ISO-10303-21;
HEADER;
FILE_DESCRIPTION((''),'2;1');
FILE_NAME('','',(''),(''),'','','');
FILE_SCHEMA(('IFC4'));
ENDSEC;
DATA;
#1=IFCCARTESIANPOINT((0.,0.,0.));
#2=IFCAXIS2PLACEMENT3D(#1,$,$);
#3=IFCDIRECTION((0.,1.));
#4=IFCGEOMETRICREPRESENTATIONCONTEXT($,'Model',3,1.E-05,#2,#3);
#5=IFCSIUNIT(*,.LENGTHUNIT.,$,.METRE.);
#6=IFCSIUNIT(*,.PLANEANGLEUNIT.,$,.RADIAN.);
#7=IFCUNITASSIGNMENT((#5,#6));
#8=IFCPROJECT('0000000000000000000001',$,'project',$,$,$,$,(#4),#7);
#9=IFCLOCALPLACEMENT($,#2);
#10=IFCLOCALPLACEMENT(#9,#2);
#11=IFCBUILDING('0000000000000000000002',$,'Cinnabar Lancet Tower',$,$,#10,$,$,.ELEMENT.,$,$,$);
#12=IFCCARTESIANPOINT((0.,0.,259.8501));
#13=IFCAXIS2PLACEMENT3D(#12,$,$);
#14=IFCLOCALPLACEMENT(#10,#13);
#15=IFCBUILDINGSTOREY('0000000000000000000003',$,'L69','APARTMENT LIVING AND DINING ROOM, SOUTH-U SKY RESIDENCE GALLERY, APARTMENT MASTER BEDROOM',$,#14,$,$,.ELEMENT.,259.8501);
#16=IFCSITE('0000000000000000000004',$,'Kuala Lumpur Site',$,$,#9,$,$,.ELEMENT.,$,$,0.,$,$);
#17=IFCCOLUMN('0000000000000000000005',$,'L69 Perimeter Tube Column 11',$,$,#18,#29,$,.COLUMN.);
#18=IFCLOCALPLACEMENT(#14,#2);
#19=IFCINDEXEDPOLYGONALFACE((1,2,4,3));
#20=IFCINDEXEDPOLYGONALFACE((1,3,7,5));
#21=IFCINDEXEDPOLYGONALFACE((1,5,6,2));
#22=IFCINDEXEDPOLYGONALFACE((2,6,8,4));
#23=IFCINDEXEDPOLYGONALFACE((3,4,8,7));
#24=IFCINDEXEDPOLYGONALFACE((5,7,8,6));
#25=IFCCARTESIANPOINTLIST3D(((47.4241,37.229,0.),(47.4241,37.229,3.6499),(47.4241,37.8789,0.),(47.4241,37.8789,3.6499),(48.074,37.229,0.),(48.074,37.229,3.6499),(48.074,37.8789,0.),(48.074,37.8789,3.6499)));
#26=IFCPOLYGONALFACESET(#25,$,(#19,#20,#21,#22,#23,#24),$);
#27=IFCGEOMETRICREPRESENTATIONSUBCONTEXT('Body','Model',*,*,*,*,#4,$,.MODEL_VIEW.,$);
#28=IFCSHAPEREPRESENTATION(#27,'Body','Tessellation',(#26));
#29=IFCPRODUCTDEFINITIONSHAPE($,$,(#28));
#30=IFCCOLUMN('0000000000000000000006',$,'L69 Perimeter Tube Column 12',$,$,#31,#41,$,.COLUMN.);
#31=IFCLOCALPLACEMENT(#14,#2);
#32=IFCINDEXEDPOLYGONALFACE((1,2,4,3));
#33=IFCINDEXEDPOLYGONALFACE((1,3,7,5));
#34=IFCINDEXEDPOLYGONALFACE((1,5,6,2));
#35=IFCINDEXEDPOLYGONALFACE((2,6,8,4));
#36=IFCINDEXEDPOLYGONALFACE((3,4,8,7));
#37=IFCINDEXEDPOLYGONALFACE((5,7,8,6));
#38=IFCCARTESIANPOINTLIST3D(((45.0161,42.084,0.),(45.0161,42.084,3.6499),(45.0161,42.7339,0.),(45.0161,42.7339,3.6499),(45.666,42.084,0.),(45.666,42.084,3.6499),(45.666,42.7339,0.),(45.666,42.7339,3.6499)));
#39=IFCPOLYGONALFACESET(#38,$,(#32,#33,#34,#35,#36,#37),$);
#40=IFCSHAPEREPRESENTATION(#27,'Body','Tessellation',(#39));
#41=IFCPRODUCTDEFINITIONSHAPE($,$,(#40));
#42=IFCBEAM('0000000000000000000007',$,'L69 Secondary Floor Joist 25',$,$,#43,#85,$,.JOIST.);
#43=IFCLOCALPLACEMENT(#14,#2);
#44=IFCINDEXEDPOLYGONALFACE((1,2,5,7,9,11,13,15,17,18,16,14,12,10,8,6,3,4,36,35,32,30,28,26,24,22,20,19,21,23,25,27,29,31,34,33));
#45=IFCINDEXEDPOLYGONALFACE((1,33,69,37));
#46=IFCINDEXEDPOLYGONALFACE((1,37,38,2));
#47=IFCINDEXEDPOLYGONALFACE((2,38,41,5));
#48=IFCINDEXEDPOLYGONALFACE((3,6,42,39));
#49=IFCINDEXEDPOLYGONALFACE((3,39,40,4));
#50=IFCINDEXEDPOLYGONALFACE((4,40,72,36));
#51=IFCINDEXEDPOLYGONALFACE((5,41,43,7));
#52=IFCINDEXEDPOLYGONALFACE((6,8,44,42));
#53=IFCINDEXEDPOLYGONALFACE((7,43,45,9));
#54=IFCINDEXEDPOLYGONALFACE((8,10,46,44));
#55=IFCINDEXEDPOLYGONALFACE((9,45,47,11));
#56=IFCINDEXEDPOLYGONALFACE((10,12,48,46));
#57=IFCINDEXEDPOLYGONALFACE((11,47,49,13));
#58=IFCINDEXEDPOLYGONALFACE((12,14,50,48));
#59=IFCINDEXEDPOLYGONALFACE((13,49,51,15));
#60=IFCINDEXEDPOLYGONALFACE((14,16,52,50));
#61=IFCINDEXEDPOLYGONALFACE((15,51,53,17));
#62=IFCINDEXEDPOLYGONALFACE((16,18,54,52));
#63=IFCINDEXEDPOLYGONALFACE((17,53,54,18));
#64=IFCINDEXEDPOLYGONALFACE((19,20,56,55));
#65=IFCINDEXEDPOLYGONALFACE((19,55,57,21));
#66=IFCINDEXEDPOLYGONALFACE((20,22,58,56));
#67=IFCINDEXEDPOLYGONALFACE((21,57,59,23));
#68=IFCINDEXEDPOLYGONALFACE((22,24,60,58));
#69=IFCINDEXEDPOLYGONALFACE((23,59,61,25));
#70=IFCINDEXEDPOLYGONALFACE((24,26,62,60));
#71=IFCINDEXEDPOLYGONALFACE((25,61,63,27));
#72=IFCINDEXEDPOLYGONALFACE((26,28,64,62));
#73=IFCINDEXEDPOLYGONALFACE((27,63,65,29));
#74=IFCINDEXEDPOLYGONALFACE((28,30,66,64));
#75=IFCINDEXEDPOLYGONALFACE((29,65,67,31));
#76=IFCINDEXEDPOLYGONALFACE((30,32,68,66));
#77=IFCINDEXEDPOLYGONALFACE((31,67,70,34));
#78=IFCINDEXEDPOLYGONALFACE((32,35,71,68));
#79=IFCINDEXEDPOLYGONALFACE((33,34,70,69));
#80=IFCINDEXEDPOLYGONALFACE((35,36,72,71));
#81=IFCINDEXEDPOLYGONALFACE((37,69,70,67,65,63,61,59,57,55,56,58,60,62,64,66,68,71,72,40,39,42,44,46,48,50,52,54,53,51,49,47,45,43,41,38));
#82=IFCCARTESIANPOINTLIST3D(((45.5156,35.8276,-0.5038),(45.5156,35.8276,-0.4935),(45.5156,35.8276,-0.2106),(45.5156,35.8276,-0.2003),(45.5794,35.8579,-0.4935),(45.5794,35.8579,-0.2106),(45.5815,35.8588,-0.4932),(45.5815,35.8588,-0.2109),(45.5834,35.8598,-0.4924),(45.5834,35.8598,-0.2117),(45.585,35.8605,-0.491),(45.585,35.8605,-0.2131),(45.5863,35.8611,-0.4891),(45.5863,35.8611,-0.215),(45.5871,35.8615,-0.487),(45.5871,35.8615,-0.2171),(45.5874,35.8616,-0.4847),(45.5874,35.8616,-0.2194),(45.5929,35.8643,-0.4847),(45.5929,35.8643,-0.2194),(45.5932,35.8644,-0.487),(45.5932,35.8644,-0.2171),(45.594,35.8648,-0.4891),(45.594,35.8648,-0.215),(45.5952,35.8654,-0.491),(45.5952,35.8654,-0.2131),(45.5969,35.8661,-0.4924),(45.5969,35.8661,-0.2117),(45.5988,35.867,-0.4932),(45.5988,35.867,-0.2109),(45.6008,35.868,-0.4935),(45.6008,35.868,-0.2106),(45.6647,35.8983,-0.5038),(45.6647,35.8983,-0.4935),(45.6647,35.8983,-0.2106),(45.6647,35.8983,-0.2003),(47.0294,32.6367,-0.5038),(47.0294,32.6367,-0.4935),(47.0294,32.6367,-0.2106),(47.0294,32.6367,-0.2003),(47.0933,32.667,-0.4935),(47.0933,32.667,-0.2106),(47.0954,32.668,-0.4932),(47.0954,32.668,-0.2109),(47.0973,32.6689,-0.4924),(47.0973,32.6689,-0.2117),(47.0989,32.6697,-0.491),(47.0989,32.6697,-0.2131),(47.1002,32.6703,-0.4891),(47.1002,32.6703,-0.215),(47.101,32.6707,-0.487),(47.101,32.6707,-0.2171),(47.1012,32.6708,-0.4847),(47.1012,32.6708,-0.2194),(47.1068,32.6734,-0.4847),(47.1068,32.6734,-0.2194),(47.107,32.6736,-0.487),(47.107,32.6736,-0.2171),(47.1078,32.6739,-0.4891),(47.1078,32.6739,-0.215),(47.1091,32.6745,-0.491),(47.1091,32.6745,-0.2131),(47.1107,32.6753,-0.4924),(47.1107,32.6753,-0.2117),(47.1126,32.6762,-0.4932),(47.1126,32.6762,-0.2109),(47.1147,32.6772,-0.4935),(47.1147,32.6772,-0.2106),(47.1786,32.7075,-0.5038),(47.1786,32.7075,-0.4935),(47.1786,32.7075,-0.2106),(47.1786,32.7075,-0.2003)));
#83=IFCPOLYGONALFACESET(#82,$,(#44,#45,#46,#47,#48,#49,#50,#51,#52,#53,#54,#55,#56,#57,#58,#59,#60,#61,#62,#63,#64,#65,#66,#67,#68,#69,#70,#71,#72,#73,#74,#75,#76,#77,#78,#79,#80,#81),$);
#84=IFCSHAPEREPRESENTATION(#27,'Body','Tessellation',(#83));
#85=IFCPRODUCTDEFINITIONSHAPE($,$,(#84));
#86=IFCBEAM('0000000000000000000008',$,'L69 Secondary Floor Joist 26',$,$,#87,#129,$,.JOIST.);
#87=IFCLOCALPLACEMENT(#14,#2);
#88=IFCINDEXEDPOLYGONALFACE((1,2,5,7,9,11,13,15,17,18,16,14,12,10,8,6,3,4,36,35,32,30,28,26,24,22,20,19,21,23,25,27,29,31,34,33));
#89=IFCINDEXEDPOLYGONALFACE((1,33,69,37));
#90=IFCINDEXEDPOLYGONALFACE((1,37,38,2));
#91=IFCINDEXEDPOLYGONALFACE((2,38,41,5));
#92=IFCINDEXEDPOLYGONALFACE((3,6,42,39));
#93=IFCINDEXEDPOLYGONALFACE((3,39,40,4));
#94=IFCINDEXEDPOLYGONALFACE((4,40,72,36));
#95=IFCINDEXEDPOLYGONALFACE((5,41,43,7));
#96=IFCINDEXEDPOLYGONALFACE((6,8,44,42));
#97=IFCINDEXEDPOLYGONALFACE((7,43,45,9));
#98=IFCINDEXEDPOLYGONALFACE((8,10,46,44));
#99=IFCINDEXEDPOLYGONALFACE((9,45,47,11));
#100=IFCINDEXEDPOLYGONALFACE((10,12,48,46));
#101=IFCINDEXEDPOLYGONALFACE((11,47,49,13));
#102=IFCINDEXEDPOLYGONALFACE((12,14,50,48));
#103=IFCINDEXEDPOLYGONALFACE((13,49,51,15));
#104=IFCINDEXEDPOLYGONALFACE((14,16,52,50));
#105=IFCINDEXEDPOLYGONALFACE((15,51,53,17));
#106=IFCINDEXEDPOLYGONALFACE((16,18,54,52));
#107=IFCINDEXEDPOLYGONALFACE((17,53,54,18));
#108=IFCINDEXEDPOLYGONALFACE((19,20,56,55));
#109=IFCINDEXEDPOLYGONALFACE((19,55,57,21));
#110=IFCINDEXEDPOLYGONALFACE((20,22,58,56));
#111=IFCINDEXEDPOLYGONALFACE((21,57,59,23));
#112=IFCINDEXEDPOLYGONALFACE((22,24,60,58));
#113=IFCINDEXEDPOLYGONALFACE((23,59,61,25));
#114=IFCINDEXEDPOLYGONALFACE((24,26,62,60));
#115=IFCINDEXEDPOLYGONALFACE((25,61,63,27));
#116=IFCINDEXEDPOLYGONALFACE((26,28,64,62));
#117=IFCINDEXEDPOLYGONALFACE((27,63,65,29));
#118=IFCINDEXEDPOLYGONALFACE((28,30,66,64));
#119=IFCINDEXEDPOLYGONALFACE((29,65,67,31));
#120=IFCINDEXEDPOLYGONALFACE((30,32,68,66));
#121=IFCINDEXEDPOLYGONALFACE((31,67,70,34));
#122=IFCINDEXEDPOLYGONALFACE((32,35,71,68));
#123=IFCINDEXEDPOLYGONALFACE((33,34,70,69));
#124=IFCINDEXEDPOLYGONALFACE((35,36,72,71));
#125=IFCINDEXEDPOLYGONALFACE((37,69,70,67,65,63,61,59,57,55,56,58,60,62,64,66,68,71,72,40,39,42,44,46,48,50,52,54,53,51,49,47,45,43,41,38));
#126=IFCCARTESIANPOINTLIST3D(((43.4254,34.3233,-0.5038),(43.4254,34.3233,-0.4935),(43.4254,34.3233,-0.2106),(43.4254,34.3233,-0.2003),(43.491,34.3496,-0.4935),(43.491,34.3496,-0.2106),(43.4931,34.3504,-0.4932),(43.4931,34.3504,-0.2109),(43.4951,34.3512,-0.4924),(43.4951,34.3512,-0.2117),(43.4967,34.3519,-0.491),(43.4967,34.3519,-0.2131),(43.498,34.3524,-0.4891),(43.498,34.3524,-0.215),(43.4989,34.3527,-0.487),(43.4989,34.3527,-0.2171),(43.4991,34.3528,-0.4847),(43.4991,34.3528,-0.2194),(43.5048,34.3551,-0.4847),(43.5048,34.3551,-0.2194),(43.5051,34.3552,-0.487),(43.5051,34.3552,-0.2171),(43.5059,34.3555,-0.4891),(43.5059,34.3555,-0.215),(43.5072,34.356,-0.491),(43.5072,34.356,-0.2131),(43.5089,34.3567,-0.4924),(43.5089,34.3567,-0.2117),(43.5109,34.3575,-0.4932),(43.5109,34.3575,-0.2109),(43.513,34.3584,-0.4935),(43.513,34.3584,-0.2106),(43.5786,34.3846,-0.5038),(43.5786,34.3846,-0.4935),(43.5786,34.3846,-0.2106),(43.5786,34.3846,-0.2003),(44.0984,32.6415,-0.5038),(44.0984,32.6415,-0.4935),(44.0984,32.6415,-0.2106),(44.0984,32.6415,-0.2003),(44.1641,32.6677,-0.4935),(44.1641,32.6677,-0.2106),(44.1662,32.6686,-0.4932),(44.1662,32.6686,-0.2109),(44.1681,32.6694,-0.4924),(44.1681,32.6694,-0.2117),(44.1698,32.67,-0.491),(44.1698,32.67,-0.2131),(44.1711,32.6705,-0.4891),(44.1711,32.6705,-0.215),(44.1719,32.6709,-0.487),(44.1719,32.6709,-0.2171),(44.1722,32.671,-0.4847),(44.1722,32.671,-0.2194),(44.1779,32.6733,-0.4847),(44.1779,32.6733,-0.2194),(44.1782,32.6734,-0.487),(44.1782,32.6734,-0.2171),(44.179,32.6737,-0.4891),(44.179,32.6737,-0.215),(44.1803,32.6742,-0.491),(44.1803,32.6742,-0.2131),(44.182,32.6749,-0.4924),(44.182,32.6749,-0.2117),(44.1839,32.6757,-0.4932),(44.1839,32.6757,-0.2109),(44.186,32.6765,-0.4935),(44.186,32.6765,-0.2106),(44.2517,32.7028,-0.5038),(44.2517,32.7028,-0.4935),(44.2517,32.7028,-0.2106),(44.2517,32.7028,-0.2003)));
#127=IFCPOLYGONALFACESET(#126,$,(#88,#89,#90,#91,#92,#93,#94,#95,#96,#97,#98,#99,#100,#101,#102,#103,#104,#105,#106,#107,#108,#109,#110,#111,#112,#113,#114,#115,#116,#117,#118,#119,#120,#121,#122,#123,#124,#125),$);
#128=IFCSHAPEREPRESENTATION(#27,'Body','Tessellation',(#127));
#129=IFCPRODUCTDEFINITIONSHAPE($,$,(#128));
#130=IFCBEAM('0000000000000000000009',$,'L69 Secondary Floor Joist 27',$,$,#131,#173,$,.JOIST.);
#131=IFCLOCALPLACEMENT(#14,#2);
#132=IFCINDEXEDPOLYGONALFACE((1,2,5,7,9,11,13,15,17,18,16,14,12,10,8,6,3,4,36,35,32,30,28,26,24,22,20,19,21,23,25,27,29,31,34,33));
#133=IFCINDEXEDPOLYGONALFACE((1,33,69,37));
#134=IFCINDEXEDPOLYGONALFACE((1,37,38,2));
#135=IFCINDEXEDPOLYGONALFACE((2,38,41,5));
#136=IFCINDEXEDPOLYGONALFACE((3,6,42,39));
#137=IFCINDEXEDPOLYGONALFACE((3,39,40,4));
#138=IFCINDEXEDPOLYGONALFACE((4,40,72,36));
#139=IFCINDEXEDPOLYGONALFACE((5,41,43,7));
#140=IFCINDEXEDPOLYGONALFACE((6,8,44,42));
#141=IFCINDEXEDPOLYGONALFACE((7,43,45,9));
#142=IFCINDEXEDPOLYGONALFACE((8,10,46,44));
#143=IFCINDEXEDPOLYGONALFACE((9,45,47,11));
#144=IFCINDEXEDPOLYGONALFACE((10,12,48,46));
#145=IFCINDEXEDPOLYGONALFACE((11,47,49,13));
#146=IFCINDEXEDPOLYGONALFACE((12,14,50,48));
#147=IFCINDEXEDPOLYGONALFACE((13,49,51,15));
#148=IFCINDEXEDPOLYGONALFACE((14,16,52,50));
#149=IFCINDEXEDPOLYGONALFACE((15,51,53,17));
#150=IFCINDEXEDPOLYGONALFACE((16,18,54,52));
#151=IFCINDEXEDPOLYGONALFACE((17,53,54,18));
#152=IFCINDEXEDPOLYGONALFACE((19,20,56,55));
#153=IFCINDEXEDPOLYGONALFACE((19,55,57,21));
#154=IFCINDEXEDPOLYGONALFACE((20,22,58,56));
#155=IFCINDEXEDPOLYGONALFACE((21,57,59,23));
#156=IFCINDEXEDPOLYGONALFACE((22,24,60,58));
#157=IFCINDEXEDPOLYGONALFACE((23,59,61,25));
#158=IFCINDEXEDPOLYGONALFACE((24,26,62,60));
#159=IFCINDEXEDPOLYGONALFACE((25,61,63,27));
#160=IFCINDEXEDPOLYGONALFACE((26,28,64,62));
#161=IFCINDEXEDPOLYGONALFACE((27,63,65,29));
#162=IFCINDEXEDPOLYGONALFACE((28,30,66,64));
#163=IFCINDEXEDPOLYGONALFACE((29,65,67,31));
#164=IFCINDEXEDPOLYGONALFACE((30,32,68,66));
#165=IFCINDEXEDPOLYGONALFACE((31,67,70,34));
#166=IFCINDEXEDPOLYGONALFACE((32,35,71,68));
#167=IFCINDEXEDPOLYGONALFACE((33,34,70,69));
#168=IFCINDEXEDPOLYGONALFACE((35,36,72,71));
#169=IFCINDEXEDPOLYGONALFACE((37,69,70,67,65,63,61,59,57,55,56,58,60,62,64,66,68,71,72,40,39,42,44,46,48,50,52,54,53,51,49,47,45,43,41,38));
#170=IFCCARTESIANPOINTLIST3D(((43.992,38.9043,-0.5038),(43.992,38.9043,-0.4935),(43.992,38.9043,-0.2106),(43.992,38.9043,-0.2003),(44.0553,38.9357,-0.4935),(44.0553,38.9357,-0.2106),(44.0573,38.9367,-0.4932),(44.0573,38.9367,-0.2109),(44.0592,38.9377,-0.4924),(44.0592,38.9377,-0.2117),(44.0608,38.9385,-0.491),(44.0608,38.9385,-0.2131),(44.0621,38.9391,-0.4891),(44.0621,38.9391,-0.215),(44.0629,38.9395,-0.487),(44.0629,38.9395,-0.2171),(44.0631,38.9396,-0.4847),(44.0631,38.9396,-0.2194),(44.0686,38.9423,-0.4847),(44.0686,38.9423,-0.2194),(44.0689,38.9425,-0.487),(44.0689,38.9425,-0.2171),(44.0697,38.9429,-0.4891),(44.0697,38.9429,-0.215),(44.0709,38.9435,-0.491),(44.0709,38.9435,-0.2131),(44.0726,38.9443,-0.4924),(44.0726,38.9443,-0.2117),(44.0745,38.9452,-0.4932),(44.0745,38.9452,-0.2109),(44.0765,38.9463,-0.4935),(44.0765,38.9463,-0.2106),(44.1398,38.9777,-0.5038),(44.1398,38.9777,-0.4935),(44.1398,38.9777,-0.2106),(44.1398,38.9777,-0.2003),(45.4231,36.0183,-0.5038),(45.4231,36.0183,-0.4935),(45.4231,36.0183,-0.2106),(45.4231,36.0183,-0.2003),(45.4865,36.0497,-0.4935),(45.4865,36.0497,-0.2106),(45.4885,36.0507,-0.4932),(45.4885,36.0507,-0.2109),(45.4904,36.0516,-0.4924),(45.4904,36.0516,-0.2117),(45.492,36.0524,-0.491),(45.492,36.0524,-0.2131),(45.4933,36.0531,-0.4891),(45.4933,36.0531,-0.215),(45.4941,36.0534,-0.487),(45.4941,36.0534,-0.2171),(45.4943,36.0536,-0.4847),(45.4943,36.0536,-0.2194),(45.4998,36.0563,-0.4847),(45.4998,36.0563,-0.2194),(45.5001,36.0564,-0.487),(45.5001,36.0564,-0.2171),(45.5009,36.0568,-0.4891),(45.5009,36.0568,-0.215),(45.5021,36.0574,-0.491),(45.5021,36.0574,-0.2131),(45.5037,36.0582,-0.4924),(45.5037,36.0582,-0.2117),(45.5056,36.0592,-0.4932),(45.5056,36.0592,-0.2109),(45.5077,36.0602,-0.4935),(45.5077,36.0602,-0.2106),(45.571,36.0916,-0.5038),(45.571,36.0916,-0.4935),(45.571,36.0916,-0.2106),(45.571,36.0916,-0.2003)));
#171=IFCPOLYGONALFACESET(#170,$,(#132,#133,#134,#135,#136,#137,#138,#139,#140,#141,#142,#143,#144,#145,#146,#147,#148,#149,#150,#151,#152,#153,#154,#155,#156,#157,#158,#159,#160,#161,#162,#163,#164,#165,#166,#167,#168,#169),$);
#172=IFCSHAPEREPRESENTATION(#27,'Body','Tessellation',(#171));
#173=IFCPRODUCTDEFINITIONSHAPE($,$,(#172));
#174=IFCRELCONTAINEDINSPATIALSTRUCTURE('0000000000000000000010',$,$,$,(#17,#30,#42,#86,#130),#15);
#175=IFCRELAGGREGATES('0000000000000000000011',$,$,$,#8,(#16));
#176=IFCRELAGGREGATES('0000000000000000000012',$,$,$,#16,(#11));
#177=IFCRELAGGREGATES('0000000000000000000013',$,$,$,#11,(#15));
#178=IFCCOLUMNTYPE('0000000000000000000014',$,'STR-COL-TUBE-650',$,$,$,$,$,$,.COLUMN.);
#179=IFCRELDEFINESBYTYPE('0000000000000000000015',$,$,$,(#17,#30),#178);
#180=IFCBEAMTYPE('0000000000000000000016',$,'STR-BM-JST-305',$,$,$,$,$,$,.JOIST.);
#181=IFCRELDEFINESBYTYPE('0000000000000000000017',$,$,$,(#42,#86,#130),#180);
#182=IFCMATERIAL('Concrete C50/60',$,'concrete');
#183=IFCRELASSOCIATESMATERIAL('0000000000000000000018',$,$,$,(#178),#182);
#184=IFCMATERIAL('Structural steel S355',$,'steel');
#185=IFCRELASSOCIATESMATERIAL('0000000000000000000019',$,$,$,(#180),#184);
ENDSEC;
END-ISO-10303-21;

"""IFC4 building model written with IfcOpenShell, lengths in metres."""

from ifc_helpers import new_model, si_unit, direction, frame, origin, origin_2d, place, context, subcontext, project, spatial, rectangle, i_section, extrude, material, material_profile, profile_set, type_object, element, save


model = new_model("IFC4")

# Units and contexts
model_context = context("Model", 3, precision=1e-05, world=origin(), true_north=direction((0.0, 1.0)))
body_context = subcontext(model_context, "Body", "Model", "MODEL_VIEW")
ifc_project = project(units=[si_unit("LENGTHUNIT", "METRE"), si_unit("PLANEANGLEUNIT", "RADIAN")], contexts=[model_context])

# Site, building, storey
site_placement = place(None, origin())
site = spatial("IfcSite", under=ifc_project, at=site_placement, Name="Kuala Lumpur Site", CompositionType="ELEMENT", RefElevation=0.0)
building_placement = place(site_placement, origin())
building = spatial("IfcBuilding", under=site, at=building_placement, Name="Cinnabar Lancet Tower", CompositionType="ELEMENT")
storey_placement = place(building_placement, frame((0.0, 0.0, 259.8501)))
storey = spatial("IfcBuildingStorey", under=building, at=storey_placement, Name="L69", Description="APARTMENT LIVING AND DINING ROOM, SOUTH-U SKY RESIDENCE GALLERY, APARTMENT MASTER BEDROOM", CompositionType="ELEMENT", Elevation=259.8501)

# Columns
ifc_material_1 = material(Name="Concrete C50/60", Category="concrete")
ifc_material_profile_1 = material_profile(ifc_material_1, rectangle(XDim=0.6499, YDim=0.6499, at=origin_2d()), Name="RC-COL 650x650")
ifc_profile_set_1 = profile_set([ifc_material_profile_1], Name="Concrete C50/60")
column_type = type_object("IfcColumnType", Name="STR-COL-TUBE-650", PredefinedType="COLUMN", material=ifc_profile_set_1)
for number, where, z_axis, x_axis, name in (
    (1, (47.749, 37.554, 0.0), (0.0, 0.0, 1.0), (1.0, 0.0, 0.0), "L69 Perimeter Tube Column 11"),
    (2, (45.3411, 42.4089, 0.0), (0.0, 0.0, 1.0), (1.0, 0.0, 0.0), "L69 Perimeter Tube Column 12"),
):
    element("IfcColumn", number, at=place(storey_placement, frame(where, z_axis=z_axis, x_axis=x_axis)), inside=storey, type_object=column_type, Name=name, PredefinedType="COLUMN", context=body_context, shape_type="SweptSolid", body=[
        extrude(rectangle(XDim=0.6499, YDim=0.6499, at=origin_2d()), origin(), (0.0, 0.0, 1.0), 3.6499),
    ])

# Beams
ifc_material_2 = material(Name="Structural steel S355", Category="steel")
ifc_material_profile_2 = material_profile(ifc_material_2, i_section(OverallWidth=0.165, OverallDepth=0.3035, WebThickness=0.0061, FlangeThickness=0.0103, FilletRadius=0.0088, at=origin_2d()), Name="UKB 305x165x40")
ifc_profile_set_2 = profile_set([ifc_material_profile_2], Name="Structural steel S355")
beam_type_1 = type_object("IfcBeamType", Name="STR-BM-JST-305", PredefinedType="JOIST", material=ifc_profile_set_2)
beam_1_placement = place(storey_placement, frame((47.104, 32.6721, -0.3521), z_axis=(-0.428648, 0.903472, 0.0), x_axis=(-0.903472, -0.428648, 0.0)))
element("IfcBeam", 3, at=beam_1_placement, inside=storey, type_object=beam_type_1, Name="L69 Secondary Floor Joist 25", PredefinedType="JOIST", context=body_context, shape_type="SweptSolid", body=[
    extrude(i_section(OverallWidth=0.165, OverallDepth=0.3035, WebThickness=0.0061, FlangeThickness=0.0103, FilletRadius=0.0088, at=origin_2d()), origin(), (0.0, 0.0, 1.0), 3.5317),
])
beam_2_placement = place(storey_placement, frame((44.175, 32.6721, -0.3521), z_axis=(-0.371553, 0.928412, 0.0), x_axis=(-0.928412, -0.371553, 0.0)))
element("IfcBeam", 4, at=beam_2_placement, inside=storey, type_object=beam_type_1, Name="L69 Secondary Floor Joist 26", PredefinedType="JOIST", context=body_context, shape_type="SweptSolid", body=[
    extrude(i_section(OverallWidth=0.165, OverallDepth=0.3035, WebThickness=0.0061, FlangeThickness=0.0103, FilletRadius=0.0088, at=origin_2d()), origin(), (0.0, 0.0, 1.0), 1.8115),
])
beam_3_placement = place(storey_placement, frame((45.4971, 36.0549, -0.3521), z_axis=(-0.444271, 0.895893, 0.0), x_axis=(-0.895893, -0.444271, 0.0)))
element("IfcBeam", 5, at=beam_3_placement, inside=storey, type_object=beam_type_1, Name="L69 Secondary Floor Joist 27", PredefinedType="JOIST", context=body_context, shape_type="SweptSolid", body=[
    extrude(i_section(OverallWidth=0.165, OverallDepth=0.3035, WebThickness=0.0061, FlangeThickness=0.0103, FilletRadius=0.0088, at=origin_2d()), origin(), (0.0, 0.0, 1.0), 3.2214),
])

save(model, "model.ifc")
